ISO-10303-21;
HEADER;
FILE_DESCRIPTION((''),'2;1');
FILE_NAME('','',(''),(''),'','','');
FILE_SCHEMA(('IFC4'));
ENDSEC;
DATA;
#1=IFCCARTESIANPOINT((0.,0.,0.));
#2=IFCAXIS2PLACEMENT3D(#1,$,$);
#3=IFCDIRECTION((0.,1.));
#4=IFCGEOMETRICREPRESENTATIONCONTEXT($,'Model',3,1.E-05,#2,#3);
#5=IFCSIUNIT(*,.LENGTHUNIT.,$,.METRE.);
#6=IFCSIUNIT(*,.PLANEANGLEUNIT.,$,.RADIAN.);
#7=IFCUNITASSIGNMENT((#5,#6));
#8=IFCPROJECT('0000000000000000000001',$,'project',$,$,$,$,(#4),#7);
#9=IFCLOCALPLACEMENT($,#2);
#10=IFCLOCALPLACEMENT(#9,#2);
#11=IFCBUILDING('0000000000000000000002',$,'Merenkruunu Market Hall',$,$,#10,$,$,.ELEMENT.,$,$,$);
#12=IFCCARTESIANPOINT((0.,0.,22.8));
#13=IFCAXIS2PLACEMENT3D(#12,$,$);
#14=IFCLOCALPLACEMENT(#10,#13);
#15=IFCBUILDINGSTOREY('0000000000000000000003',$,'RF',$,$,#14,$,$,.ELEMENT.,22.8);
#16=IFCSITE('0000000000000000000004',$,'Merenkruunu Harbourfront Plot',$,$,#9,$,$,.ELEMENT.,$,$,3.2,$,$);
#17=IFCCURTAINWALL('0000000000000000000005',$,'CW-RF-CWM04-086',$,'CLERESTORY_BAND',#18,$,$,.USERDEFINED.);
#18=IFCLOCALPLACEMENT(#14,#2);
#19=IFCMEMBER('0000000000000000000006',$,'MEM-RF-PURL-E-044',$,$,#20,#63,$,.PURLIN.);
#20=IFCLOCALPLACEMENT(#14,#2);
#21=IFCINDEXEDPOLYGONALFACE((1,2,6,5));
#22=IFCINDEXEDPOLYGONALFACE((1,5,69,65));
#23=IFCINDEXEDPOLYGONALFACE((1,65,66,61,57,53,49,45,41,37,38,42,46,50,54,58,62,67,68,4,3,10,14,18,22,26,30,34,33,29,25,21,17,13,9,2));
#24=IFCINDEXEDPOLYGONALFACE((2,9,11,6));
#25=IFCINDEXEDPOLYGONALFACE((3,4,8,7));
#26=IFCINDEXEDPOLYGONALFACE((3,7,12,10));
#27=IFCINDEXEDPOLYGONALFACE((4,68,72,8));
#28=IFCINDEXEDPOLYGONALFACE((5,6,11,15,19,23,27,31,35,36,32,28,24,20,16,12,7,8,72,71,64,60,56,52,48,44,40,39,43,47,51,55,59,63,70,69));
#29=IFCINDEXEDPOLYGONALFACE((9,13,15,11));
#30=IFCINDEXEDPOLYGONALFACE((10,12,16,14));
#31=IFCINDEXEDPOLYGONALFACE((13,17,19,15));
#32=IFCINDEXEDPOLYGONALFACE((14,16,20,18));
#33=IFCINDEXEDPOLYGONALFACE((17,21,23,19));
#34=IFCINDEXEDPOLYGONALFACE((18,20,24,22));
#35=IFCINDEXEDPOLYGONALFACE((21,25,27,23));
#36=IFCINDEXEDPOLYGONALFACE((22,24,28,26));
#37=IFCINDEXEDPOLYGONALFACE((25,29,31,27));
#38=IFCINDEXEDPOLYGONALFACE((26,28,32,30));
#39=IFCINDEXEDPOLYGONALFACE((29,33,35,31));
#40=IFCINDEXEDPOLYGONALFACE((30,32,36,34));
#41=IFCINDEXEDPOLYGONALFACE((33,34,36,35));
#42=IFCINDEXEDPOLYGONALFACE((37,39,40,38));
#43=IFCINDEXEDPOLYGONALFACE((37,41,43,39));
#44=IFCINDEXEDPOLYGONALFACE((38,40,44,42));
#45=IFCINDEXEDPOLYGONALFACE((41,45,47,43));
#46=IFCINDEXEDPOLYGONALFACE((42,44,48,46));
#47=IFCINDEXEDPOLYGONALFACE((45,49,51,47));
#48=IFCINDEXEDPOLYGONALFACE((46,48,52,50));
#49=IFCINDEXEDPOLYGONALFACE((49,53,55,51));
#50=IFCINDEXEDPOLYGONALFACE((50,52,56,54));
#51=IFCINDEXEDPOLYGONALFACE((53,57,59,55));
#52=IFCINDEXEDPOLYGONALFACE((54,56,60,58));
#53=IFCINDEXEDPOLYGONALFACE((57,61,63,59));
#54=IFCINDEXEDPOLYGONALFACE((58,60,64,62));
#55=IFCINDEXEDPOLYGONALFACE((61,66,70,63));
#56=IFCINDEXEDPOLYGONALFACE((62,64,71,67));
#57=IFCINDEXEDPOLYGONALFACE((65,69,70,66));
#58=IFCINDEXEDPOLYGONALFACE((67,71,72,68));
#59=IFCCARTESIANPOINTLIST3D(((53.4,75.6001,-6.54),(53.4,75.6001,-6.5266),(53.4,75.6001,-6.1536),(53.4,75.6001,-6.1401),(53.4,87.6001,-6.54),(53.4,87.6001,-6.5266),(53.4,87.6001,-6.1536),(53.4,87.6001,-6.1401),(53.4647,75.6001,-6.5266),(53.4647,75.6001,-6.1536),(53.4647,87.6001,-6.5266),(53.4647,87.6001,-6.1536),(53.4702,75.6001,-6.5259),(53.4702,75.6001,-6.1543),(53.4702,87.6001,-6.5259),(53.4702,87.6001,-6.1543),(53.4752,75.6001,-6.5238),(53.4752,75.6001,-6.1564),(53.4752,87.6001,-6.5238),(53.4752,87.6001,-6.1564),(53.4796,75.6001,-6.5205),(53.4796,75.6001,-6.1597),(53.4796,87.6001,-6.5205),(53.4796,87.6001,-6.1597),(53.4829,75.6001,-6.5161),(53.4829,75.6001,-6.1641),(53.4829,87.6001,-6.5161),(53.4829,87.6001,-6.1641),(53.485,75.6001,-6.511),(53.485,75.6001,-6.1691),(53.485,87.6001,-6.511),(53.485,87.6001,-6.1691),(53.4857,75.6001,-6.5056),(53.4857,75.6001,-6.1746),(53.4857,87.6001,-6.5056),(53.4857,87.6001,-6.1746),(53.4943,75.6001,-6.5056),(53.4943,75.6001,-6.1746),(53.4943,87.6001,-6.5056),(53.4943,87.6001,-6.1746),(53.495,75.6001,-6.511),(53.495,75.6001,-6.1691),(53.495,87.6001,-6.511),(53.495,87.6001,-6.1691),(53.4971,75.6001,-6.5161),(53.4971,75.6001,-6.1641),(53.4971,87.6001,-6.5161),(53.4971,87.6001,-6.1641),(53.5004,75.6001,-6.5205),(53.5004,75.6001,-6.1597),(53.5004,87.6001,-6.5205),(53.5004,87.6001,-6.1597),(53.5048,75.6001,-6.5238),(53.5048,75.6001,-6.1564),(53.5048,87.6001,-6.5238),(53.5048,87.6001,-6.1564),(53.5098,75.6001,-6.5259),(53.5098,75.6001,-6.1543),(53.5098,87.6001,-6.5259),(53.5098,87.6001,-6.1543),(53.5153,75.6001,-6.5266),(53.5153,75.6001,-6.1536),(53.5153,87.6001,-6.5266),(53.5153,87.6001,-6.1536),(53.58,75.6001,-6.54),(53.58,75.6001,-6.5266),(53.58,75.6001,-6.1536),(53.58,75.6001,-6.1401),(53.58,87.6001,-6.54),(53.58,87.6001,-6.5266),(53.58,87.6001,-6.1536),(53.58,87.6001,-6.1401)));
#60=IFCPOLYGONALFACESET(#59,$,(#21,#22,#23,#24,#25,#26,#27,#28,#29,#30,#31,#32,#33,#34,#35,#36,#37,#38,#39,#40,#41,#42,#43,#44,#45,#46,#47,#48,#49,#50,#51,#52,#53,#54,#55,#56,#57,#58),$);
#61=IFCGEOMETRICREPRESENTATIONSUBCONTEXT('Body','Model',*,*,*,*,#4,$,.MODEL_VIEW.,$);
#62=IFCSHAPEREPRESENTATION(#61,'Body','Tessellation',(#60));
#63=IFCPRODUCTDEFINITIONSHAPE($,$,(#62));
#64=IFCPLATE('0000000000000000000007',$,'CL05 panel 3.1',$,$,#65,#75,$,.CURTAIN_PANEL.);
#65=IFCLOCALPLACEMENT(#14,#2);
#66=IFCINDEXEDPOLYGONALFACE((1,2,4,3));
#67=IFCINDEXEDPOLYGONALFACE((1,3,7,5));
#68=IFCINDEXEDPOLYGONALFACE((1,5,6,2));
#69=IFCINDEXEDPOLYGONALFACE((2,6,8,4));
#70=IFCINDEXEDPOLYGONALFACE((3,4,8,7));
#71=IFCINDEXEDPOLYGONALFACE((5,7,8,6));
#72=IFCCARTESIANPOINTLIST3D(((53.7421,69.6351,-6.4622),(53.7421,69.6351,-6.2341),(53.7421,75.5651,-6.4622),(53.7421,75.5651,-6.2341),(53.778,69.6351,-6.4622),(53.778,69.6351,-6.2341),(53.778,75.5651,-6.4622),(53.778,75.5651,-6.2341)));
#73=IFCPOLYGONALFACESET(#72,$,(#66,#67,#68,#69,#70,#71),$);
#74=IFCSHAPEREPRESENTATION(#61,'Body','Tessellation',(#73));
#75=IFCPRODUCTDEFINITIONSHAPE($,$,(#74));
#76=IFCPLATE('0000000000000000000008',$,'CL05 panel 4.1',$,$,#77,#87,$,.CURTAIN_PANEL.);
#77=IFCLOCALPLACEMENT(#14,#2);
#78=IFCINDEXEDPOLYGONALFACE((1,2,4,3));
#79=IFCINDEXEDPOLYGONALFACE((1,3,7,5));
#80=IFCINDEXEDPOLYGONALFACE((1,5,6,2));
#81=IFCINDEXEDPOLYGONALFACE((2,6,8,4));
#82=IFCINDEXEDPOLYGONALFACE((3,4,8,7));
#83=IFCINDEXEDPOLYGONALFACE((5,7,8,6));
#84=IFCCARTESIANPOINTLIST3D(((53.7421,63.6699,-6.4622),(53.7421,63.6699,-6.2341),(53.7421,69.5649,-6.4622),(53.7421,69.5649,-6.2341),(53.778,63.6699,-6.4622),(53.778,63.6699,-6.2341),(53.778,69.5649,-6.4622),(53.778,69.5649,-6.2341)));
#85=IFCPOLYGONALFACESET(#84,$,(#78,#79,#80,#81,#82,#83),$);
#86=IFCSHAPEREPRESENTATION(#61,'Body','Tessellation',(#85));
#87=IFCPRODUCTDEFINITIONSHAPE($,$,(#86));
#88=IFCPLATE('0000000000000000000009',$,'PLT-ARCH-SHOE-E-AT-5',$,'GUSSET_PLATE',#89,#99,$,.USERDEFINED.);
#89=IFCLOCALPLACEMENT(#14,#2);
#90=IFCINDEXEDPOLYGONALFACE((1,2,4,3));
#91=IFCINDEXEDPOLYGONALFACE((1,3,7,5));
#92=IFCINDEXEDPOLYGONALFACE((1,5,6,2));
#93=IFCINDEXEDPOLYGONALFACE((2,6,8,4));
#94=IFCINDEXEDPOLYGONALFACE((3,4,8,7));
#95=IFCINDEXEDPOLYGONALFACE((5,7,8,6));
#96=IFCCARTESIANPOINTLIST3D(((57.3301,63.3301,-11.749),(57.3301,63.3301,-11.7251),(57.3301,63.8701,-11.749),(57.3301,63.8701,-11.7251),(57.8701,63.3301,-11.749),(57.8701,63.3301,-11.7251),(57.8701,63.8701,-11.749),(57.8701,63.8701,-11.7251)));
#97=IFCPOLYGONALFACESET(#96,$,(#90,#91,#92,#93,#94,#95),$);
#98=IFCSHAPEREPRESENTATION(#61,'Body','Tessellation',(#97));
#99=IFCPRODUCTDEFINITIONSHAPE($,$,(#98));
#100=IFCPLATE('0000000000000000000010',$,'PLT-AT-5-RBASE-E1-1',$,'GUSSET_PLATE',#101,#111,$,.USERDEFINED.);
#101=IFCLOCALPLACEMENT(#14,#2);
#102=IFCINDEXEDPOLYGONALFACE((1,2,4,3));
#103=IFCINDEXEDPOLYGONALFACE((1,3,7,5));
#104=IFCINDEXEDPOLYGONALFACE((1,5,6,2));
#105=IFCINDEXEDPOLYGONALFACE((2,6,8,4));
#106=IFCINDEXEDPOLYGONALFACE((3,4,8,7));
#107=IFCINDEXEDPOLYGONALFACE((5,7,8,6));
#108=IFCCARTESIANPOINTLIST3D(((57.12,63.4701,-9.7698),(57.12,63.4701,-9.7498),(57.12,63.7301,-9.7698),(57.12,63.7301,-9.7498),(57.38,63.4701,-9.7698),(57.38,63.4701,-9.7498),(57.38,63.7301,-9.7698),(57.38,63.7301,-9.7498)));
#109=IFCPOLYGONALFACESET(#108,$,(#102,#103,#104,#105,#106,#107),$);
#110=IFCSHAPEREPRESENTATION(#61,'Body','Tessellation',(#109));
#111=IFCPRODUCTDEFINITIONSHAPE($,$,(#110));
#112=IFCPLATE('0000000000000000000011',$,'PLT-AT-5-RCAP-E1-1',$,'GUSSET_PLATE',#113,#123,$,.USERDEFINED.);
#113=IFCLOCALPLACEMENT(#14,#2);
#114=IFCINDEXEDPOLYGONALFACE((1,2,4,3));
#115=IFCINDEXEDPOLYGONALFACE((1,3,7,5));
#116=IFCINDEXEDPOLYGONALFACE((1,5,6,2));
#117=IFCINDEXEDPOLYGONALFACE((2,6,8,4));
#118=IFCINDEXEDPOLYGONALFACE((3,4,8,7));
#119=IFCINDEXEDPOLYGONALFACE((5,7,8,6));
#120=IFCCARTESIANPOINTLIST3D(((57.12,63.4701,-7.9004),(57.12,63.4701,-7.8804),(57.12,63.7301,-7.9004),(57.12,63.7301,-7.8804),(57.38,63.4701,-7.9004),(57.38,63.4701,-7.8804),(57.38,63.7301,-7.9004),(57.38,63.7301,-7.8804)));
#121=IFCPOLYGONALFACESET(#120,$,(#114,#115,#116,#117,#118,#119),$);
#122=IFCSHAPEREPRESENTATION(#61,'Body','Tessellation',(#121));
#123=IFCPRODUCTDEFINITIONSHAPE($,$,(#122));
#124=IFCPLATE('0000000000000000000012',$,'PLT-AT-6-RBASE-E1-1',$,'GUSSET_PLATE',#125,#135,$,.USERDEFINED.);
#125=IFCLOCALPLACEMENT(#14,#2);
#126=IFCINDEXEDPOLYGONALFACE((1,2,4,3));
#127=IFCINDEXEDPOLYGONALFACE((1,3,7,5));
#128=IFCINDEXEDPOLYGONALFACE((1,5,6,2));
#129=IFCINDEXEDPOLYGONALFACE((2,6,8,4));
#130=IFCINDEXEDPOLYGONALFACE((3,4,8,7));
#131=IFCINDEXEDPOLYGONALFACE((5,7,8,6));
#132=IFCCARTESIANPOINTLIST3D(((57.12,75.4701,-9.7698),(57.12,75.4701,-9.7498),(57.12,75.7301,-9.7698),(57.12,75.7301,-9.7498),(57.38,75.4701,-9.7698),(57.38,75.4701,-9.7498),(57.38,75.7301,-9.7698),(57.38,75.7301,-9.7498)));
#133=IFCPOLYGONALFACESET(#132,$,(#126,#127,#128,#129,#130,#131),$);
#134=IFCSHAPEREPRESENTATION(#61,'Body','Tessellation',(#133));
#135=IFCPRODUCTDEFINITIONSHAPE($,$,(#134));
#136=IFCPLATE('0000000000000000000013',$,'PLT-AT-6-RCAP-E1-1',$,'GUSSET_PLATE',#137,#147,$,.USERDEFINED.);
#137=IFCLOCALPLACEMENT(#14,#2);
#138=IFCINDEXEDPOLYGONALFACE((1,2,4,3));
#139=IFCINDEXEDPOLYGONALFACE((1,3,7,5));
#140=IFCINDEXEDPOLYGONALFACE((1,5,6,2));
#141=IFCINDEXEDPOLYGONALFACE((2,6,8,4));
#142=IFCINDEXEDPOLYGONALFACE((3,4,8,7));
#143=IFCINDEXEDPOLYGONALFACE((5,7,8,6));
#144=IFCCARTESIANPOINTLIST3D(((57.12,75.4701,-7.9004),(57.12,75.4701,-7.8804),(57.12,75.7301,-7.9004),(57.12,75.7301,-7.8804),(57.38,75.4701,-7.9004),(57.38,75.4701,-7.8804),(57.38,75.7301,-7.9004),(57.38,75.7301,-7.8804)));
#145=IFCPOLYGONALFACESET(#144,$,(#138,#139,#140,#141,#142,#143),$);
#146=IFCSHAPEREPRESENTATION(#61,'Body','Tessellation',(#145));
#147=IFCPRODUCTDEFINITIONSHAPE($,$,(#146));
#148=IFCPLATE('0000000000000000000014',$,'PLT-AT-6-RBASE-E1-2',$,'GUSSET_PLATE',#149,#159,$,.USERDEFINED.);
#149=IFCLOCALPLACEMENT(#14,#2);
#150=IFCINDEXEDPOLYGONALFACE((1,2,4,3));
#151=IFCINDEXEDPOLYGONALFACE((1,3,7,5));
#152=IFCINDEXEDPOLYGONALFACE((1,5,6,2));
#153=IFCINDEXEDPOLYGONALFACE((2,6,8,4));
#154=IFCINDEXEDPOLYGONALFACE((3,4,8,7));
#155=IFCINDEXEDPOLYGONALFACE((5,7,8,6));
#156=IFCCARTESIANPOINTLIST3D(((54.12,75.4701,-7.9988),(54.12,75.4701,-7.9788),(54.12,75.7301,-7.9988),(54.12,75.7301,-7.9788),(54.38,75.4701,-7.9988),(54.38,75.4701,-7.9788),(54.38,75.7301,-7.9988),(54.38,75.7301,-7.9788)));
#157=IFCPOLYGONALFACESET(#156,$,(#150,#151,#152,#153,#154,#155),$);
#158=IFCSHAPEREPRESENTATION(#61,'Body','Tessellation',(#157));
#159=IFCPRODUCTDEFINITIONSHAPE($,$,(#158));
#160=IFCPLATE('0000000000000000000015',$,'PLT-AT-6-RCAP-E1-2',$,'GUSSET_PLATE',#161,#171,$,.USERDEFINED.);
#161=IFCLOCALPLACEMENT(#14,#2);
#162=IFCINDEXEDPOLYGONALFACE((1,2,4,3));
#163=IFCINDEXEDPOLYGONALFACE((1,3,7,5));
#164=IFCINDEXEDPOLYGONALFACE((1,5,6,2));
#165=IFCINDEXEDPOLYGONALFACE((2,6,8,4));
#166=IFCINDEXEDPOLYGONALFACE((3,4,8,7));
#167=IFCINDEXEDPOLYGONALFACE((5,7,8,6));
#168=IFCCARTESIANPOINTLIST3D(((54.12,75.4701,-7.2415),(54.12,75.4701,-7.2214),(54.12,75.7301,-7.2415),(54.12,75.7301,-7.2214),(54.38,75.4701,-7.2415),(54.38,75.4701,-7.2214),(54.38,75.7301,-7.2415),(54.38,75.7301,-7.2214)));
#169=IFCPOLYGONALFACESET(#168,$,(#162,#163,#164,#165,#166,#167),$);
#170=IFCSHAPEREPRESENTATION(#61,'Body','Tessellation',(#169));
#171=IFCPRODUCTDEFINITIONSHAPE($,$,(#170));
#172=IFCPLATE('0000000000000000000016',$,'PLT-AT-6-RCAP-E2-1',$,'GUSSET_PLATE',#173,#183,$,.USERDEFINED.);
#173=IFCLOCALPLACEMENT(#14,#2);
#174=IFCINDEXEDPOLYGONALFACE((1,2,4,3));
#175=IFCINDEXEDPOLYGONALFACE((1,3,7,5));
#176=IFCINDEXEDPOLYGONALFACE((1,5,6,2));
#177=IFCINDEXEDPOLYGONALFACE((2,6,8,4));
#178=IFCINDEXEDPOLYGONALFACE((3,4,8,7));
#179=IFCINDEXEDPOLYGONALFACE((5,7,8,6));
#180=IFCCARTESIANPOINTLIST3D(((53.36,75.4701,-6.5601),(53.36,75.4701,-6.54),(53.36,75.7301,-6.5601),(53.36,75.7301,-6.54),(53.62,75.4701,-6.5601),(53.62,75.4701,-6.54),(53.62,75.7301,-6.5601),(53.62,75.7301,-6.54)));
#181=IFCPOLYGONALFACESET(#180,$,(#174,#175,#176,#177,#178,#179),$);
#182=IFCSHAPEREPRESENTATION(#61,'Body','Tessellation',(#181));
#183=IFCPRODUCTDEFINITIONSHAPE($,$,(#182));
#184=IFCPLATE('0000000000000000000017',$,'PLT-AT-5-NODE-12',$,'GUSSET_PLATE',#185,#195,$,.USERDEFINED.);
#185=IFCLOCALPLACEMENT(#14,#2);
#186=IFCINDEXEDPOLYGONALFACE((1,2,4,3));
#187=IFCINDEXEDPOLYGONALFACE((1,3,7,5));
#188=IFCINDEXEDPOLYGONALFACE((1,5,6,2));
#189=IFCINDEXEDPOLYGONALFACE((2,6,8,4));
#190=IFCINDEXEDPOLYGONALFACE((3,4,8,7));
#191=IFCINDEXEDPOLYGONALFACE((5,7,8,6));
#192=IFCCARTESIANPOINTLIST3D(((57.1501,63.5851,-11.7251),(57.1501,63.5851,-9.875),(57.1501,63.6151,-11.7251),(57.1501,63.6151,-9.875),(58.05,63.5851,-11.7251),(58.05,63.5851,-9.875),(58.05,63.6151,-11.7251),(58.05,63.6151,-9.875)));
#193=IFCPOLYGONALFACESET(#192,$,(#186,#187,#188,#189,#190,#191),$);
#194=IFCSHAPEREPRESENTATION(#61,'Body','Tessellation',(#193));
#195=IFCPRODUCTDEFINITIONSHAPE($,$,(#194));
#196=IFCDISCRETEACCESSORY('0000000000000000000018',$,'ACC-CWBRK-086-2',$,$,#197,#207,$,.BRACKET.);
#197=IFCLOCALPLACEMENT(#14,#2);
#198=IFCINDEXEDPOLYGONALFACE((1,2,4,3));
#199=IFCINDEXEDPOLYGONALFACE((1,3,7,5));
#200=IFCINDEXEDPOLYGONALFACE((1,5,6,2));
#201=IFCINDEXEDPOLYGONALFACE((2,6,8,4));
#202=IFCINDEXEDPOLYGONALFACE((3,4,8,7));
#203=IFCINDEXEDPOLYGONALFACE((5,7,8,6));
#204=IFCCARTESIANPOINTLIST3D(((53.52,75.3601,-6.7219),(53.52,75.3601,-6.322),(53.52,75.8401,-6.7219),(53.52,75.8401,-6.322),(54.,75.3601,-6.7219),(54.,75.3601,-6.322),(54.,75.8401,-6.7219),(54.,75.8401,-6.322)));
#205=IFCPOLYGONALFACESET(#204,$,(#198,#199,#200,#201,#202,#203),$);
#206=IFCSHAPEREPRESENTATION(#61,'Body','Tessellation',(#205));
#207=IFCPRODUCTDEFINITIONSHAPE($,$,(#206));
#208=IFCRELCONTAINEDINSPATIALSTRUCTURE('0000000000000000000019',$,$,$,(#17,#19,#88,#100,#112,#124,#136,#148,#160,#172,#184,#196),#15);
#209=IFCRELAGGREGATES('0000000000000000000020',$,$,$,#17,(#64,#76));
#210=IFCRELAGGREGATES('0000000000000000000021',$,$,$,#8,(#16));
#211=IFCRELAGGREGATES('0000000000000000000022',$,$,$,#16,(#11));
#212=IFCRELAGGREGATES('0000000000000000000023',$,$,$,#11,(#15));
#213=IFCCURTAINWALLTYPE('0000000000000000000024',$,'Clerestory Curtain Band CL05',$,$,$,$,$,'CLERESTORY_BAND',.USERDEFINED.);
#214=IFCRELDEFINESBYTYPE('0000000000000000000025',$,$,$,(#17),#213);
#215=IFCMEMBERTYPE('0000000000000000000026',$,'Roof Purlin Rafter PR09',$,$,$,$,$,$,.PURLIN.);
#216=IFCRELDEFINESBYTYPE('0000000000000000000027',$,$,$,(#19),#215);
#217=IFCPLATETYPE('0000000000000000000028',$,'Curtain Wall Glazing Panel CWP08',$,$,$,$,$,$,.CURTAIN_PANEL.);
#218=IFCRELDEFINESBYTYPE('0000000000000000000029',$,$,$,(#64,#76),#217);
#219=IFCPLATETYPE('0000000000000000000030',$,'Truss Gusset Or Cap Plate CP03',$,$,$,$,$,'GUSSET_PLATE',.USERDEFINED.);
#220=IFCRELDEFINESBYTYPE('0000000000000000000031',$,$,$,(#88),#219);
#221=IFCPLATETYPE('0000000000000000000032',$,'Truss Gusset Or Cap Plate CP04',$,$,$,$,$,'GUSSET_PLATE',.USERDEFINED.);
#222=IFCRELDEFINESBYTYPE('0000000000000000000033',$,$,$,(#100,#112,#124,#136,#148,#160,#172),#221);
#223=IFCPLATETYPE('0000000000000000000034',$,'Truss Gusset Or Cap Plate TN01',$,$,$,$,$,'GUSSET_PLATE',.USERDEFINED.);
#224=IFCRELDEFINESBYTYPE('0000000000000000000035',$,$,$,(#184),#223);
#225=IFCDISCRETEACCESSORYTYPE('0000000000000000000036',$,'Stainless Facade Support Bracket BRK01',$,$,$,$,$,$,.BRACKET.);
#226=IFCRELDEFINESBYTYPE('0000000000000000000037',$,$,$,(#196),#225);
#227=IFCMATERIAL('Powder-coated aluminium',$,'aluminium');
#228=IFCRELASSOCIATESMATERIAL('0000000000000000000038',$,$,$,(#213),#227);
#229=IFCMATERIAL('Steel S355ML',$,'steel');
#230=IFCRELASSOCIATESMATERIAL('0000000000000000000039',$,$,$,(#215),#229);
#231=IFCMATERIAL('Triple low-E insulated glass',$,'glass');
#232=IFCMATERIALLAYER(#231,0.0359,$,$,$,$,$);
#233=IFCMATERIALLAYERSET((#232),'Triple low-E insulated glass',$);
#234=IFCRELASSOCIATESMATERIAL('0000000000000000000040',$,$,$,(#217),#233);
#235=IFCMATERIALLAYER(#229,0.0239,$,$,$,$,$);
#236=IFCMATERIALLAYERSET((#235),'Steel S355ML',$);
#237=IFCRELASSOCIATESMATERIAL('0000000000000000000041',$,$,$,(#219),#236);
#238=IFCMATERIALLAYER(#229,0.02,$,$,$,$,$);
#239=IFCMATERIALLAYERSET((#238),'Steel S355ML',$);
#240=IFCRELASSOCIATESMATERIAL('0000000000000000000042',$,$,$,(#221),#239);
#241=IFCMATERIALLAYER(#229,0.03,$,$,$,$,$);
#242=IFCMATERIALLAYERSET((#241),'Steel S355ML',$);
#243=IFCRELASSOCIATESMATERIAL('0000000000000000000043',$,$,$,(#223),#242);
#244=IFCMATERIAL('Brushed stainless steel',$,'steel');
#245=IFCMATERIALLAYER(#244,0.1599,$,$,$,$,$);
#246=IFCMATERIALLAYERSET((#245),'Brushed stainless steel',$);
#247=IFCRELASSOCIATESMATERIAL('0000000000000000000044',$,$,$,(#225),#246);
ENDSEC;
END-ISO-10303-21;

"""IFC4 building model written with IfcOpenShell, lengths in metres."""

from ifc_helpers import new_model, si_unit, direction, frame, origin, origin_2d, place, context, subcontext, project, spatial, rectangle, i_section, extrude, material, layer, layer_set, material_profile, profile_set, type_object, element, aggregate, save


model = new_model("IFC4")

# Units and contexts
model_context = context("Model", 3, precision=1e-05, world=origin(), true_north=direction((0.0, 1.0)))
body_context = subcontext(model_context, "Body", "Model", "MODEL_VIEW")
ifc_project = project(units=[si_unit("LENGTHUNIT", "METRE"), si_unit("PLANEANGLEUNIT", "RADIAN")], contexts=[model_context])

# Site, building, storey
site_placement = place(None, origin())
site = spatial("IfcSite", under=ifc_project, at=site_placement, Name="Merenkruunu Harbourfront Plot", CompositionType="ELEMENT", RefElevation=3.2)
building_placement = place(site_placement, origin())
building = spatial("IfcBuilding", under=site, at=building_placement, Name="Merenkruunu Market Hall", CompositionType="ELEMENT")
storey_placement = place(building_placement, frame((0.0, 0.0, 22.8)))
storey = spatial("IfcBuildingStorey", under=building, at=storey_placement, Name="RF", CompositionType="ELEMENT", Elevation=22.8)

# Curtain wall
ifc_material_1 = material(Name="Powder-coated aluminium", Category="aluminium")
curtain_wall_type = type_object("IfcCurtainWallType", Name="Clerestory Curtain Band CL05", ElementType="CLERESTORY_BAND", PredefinedType="USERDEFINED", material=ifc_material_1)
curtain_wall_placement = place(storey_placement, origin())
curtain_wall = element("IfcCurtainWall", 1, at=curtain_wall_placement, inside=storey, type_object=curtain_wall_type, Name="CW-RF-CWM04-086", ObjectType="CLERESTORY_BAND", PredefinedType="USERDEFINED")

# Shared definitions
ifc_material_2 = material(Name="Steel S355ML", Category="steel")

# Member
ifc_material_profile_1 = material_profile(ifc_material_2, i_section(OverallWidth=0.1799, OverallDepth=0.3999, WebThickness=0.0085, FlangeThickness=0.0134, FilletRadius=0.021, at=origin_2d()), Name="IPE 400")
ifc_profile_set_1 = profile_set([ifc_material_profile_1], Name="Steel S355ML")
member_type_1 = type_object("IfcMemberType", Name="Roof Purlin Rafter PR09", PredefinedType="PURLIN", material=ifc_profile_set_1)
for number, where, z_axis, x_axis, name in (
    (2, (53.49, 75.6001, -6.3401), (0.0, 1.0, 0.0), (-1.0, 0.0, 0.0), "MEM-RF-PURL-E-044"),
):
    element("IfcMember", number, at=place(storey_placement, frame(where, z_axis=z_axis, x_axis=x_axis)), inside=storey, type_object=member_type_1, Name=name, PredefinedType="PURLIN", context=body_context, shape_type="SweptSolid", body=[
        extrude(i_section(OverallWidth=0.1799, OverallDepth=0.3999, WebThickness=0.0085, FlangeThickness=0.0134, FilletRadius=0.021, at=origin_2d()), origin(), (0.0, 0.0, 1.0), 12.0),
    ])

# Plates
ifc_material_3 = material(Name="Triple low-E insulated glass", Category="glass")
ifc_layer_1 = layer(ifc_material_3, 0.0359)
ifc_layer_set_1 = layer_set([ifc_layer_1], Name="Triple low-E insulated glass")
plate_type_1 = type_object("IfcPlateType", Name="Curtain Wall Glazing Panel CWP08", PredefinedType="CURTAIN_PANEL", material=ifc_layer_set_1)
plate_1_placement = place(storey_placement, frame((53.76, 72.6001, -6.4622), z_axis=(0.0, 0.0, 1.0), x_axis=(0.0, -1.0, 0.0)))
plate_1 = element("IfcPlate", 3, at=plate_1_placement, type_object=plate_type_1, Name="CL05 panel 3.1", PredefinedType="CURTAIN_PANEL", context=body_context, shape_type="SweptSolid", body=[
    extrude(rectangle(XDim=5.9299, YDim=0.0359, at=origin_2d()), origin(), (0.0, 0.0, 1.0), 0.228),
])
plate_2_placement = place(storey_placement, frame((53.76, 66.6174, -6.4622), z_axis=(0.0, 0.0, 1.0), x_axis=(0.0, -1.0, 0.0)))
plate_2 = element("IfcPlate", 4, at=plate_2_placement, type_object=plate_type_1, Name="CL05 panel 4.1", PredefinedType="CURTAIN_PANEL", context=body_context, shape_type="SweptSolid", body=[
    extrude(rectangle(XDim=5.895, YDim=0.0359, at=origin_2d()), origin(), (0.0, 0.0, 1.0), 0.228),
])
aggregate(curtain_wall, [plate_1, plate_2])

# Plates
ifc_layer_2 = layer(ifc_material_2, 0.0239)
ifc_layer_set_2 = layer_set([ifc_layer_2], Name="Steel S355ML")
plate_type_2 = type_object("IfcPlateType", Name="Truss Gusset Or Cap Plate CP03", ElementType="GUSSET_PLATE", PredefinedType="USERDEFINED", material=ifc_layer_set_2)
plate_3_placement = place(storey_placement, frame((57.6001, 63.6001, -11.749), z_axis=(0.0, 0.0, 1.0), x_axis=(1.0, 0.0, 0.0)))
element("IfcPlate", 5, at=plate_3_placement, inside=storey, type_object=plate_type_2, Name="PLT-ARCH-SHOE-E-AT-5", ObjectType="GUSSET_PLATE", PredefinedType="USERDEFINED", context=body_context, shape_type="SweptSolid", body=[
    extrude(rectangle(XDim=0.54, YDim=0.54, at=origin_2d()), origin(), (0.0, 0.0, 1.0), 0.0239),
])
ifc_layer_3 = layer(ifc_material_2, 0.02)
ifc_layer_set_3 = layer_set([ifc_layer_3], Name="Steel S355ML")
plate_type_3 = type_object("IfcPlateType", Name="Truss Gusset Or Cap Plate CP04", ElementType="GUSSET_PLATE", PredefinedType="USERDEFINED", material=ifc_layer_set_3)
for number, where, z_axis, x_axis, name in (
    (6, (57.25, 63.6001, -9.7698), (0.0, 0.0, 1.0), (1.0, 0.0, 0.0), "PLT-AT-5-RBASE-E1-1"),
    (7, (57.25, 63.6001, -7.9004), (0.0, 0.0, 1.0), (1.0, 0.0, 0.0), "PLT-AT-5-RCAP-E1-1"),
    (8, (57.25, 75.6001, -9.7698), (0.0, 0.0, 1.0), (1.0, 0.0, 0.0), "PLT-AT-6-RBASE-E1-1"),
    (9, (57.25, 75.6001, -7.9004), (0.0, 0.0, 1.0), (1.0, 0.0, 0.0), "PLT-AT-6-RCAP-E1-1"),
    (10, (54.25, 75.6001, -7.9988), (0.0, 0.0, 1.0), (1.0, 0.0, 0.0), "PLT-AT-6-RBASE-E1-2"),
    (11, (54.25, 75.6001, -7.2415), (0.0, 0.0, 1.0), (1.0, 0.0, 0.0), "PLT-AT-6-RCAP-E1-2"),
    (12, (53.49, 75.6001, -6.5601), (0.0, 0.0, 1.0), (1.0, 0.0, 0.0), "PLT-AT-6-RCAP-E2-1"),
):
    element("IfcPlate", number, at=place(storey_placement, frame(where, z_axis=z_axis, x_axis=x_axis)), inside=storey, type_object=plate_type_3, Name=name, ObjectType="GUSSET_PLATE", PredefinedType="USERDEFINED", context=body_context, shape_type="SweptSolid", body=[
        extrude(rectangle(XDim=0.26, YDim=0.26, at=origin_2d()), origin(), (0.0, 0.0, 1.0), 0.02),
    ])
ifc_layer_4 = layer(ifc_material_2, 0.03)
ifc_layer_set_4 = layer_set([ifc_layer_4], Name="Steel S355ML")
plate_type_4 = type_object("IfcPlateType", Name="Truss Gusset Or Cap Plate TN01", ElementType="GUSSET_PLATE", PredefinedType="USERDEFINED", material=ifc_layer_set_4)
plate_4_placement = place(storey_placement, frame((57.6001, 63.6001, -11.7251), z_axis=(0.0, 0.0, 1.0), x_axis=(1.0, 0.0, 0.0)))
element("IfcPlate", 13, at=plate_4_placement, inside=storey, type_object=plate_type_4, Name="PLT-AT-5-NODE-12", ObjectType="GUSSET_PLATE", PredefinedType="USERDEFINED", context=body_context, shape_type="SweptSolid", body=[
    extrude(rectangle(XDim=0.8999, YDim=0.03, at=origin_2d()), origin(), (0.0, 0.0, 1.0), 1.8501),
])

# Discrete accessory
ifc_material_4 = material(Name="Brushed stainless steel", Category="steel")
ifc_layer_5 = layer(ifc_material_4, 0.1599)
ifc_layer_set_5 = layer_set([ifc_layer_5], Name="Brushed stainless steel")
discrete_accessory_type = type_object("IfcDiscreteAccessoryType", Name="Stainless Facade Support Bracket BRK01", PredefinedType="BRACKET", material=ifc_layer_set_5)
discrete_accessory_placement = place(storey_placement, frame((53.76, 75.6001, -6.7219), z_axis=(0.0, 0.0, 1.0), x_axis=(1.0, 0.0, 0.0)))
element("IfcDiscreteAccessory", 14, at=discrete_accessory_placement, inside=storey, type_object=discrete_accessory_type, Name="ACC-CWBRK-086-2", PredefinedType="BRACKET", context=body_context, shape_type="SweptSolid", body=[
    extrude(rectangle(XDim=0.48, YDim=0.48, at=origin_2d()), origin(), (0.0, 0.0, 1.0), 0.3999),
])

save(model, "model.ifc")
